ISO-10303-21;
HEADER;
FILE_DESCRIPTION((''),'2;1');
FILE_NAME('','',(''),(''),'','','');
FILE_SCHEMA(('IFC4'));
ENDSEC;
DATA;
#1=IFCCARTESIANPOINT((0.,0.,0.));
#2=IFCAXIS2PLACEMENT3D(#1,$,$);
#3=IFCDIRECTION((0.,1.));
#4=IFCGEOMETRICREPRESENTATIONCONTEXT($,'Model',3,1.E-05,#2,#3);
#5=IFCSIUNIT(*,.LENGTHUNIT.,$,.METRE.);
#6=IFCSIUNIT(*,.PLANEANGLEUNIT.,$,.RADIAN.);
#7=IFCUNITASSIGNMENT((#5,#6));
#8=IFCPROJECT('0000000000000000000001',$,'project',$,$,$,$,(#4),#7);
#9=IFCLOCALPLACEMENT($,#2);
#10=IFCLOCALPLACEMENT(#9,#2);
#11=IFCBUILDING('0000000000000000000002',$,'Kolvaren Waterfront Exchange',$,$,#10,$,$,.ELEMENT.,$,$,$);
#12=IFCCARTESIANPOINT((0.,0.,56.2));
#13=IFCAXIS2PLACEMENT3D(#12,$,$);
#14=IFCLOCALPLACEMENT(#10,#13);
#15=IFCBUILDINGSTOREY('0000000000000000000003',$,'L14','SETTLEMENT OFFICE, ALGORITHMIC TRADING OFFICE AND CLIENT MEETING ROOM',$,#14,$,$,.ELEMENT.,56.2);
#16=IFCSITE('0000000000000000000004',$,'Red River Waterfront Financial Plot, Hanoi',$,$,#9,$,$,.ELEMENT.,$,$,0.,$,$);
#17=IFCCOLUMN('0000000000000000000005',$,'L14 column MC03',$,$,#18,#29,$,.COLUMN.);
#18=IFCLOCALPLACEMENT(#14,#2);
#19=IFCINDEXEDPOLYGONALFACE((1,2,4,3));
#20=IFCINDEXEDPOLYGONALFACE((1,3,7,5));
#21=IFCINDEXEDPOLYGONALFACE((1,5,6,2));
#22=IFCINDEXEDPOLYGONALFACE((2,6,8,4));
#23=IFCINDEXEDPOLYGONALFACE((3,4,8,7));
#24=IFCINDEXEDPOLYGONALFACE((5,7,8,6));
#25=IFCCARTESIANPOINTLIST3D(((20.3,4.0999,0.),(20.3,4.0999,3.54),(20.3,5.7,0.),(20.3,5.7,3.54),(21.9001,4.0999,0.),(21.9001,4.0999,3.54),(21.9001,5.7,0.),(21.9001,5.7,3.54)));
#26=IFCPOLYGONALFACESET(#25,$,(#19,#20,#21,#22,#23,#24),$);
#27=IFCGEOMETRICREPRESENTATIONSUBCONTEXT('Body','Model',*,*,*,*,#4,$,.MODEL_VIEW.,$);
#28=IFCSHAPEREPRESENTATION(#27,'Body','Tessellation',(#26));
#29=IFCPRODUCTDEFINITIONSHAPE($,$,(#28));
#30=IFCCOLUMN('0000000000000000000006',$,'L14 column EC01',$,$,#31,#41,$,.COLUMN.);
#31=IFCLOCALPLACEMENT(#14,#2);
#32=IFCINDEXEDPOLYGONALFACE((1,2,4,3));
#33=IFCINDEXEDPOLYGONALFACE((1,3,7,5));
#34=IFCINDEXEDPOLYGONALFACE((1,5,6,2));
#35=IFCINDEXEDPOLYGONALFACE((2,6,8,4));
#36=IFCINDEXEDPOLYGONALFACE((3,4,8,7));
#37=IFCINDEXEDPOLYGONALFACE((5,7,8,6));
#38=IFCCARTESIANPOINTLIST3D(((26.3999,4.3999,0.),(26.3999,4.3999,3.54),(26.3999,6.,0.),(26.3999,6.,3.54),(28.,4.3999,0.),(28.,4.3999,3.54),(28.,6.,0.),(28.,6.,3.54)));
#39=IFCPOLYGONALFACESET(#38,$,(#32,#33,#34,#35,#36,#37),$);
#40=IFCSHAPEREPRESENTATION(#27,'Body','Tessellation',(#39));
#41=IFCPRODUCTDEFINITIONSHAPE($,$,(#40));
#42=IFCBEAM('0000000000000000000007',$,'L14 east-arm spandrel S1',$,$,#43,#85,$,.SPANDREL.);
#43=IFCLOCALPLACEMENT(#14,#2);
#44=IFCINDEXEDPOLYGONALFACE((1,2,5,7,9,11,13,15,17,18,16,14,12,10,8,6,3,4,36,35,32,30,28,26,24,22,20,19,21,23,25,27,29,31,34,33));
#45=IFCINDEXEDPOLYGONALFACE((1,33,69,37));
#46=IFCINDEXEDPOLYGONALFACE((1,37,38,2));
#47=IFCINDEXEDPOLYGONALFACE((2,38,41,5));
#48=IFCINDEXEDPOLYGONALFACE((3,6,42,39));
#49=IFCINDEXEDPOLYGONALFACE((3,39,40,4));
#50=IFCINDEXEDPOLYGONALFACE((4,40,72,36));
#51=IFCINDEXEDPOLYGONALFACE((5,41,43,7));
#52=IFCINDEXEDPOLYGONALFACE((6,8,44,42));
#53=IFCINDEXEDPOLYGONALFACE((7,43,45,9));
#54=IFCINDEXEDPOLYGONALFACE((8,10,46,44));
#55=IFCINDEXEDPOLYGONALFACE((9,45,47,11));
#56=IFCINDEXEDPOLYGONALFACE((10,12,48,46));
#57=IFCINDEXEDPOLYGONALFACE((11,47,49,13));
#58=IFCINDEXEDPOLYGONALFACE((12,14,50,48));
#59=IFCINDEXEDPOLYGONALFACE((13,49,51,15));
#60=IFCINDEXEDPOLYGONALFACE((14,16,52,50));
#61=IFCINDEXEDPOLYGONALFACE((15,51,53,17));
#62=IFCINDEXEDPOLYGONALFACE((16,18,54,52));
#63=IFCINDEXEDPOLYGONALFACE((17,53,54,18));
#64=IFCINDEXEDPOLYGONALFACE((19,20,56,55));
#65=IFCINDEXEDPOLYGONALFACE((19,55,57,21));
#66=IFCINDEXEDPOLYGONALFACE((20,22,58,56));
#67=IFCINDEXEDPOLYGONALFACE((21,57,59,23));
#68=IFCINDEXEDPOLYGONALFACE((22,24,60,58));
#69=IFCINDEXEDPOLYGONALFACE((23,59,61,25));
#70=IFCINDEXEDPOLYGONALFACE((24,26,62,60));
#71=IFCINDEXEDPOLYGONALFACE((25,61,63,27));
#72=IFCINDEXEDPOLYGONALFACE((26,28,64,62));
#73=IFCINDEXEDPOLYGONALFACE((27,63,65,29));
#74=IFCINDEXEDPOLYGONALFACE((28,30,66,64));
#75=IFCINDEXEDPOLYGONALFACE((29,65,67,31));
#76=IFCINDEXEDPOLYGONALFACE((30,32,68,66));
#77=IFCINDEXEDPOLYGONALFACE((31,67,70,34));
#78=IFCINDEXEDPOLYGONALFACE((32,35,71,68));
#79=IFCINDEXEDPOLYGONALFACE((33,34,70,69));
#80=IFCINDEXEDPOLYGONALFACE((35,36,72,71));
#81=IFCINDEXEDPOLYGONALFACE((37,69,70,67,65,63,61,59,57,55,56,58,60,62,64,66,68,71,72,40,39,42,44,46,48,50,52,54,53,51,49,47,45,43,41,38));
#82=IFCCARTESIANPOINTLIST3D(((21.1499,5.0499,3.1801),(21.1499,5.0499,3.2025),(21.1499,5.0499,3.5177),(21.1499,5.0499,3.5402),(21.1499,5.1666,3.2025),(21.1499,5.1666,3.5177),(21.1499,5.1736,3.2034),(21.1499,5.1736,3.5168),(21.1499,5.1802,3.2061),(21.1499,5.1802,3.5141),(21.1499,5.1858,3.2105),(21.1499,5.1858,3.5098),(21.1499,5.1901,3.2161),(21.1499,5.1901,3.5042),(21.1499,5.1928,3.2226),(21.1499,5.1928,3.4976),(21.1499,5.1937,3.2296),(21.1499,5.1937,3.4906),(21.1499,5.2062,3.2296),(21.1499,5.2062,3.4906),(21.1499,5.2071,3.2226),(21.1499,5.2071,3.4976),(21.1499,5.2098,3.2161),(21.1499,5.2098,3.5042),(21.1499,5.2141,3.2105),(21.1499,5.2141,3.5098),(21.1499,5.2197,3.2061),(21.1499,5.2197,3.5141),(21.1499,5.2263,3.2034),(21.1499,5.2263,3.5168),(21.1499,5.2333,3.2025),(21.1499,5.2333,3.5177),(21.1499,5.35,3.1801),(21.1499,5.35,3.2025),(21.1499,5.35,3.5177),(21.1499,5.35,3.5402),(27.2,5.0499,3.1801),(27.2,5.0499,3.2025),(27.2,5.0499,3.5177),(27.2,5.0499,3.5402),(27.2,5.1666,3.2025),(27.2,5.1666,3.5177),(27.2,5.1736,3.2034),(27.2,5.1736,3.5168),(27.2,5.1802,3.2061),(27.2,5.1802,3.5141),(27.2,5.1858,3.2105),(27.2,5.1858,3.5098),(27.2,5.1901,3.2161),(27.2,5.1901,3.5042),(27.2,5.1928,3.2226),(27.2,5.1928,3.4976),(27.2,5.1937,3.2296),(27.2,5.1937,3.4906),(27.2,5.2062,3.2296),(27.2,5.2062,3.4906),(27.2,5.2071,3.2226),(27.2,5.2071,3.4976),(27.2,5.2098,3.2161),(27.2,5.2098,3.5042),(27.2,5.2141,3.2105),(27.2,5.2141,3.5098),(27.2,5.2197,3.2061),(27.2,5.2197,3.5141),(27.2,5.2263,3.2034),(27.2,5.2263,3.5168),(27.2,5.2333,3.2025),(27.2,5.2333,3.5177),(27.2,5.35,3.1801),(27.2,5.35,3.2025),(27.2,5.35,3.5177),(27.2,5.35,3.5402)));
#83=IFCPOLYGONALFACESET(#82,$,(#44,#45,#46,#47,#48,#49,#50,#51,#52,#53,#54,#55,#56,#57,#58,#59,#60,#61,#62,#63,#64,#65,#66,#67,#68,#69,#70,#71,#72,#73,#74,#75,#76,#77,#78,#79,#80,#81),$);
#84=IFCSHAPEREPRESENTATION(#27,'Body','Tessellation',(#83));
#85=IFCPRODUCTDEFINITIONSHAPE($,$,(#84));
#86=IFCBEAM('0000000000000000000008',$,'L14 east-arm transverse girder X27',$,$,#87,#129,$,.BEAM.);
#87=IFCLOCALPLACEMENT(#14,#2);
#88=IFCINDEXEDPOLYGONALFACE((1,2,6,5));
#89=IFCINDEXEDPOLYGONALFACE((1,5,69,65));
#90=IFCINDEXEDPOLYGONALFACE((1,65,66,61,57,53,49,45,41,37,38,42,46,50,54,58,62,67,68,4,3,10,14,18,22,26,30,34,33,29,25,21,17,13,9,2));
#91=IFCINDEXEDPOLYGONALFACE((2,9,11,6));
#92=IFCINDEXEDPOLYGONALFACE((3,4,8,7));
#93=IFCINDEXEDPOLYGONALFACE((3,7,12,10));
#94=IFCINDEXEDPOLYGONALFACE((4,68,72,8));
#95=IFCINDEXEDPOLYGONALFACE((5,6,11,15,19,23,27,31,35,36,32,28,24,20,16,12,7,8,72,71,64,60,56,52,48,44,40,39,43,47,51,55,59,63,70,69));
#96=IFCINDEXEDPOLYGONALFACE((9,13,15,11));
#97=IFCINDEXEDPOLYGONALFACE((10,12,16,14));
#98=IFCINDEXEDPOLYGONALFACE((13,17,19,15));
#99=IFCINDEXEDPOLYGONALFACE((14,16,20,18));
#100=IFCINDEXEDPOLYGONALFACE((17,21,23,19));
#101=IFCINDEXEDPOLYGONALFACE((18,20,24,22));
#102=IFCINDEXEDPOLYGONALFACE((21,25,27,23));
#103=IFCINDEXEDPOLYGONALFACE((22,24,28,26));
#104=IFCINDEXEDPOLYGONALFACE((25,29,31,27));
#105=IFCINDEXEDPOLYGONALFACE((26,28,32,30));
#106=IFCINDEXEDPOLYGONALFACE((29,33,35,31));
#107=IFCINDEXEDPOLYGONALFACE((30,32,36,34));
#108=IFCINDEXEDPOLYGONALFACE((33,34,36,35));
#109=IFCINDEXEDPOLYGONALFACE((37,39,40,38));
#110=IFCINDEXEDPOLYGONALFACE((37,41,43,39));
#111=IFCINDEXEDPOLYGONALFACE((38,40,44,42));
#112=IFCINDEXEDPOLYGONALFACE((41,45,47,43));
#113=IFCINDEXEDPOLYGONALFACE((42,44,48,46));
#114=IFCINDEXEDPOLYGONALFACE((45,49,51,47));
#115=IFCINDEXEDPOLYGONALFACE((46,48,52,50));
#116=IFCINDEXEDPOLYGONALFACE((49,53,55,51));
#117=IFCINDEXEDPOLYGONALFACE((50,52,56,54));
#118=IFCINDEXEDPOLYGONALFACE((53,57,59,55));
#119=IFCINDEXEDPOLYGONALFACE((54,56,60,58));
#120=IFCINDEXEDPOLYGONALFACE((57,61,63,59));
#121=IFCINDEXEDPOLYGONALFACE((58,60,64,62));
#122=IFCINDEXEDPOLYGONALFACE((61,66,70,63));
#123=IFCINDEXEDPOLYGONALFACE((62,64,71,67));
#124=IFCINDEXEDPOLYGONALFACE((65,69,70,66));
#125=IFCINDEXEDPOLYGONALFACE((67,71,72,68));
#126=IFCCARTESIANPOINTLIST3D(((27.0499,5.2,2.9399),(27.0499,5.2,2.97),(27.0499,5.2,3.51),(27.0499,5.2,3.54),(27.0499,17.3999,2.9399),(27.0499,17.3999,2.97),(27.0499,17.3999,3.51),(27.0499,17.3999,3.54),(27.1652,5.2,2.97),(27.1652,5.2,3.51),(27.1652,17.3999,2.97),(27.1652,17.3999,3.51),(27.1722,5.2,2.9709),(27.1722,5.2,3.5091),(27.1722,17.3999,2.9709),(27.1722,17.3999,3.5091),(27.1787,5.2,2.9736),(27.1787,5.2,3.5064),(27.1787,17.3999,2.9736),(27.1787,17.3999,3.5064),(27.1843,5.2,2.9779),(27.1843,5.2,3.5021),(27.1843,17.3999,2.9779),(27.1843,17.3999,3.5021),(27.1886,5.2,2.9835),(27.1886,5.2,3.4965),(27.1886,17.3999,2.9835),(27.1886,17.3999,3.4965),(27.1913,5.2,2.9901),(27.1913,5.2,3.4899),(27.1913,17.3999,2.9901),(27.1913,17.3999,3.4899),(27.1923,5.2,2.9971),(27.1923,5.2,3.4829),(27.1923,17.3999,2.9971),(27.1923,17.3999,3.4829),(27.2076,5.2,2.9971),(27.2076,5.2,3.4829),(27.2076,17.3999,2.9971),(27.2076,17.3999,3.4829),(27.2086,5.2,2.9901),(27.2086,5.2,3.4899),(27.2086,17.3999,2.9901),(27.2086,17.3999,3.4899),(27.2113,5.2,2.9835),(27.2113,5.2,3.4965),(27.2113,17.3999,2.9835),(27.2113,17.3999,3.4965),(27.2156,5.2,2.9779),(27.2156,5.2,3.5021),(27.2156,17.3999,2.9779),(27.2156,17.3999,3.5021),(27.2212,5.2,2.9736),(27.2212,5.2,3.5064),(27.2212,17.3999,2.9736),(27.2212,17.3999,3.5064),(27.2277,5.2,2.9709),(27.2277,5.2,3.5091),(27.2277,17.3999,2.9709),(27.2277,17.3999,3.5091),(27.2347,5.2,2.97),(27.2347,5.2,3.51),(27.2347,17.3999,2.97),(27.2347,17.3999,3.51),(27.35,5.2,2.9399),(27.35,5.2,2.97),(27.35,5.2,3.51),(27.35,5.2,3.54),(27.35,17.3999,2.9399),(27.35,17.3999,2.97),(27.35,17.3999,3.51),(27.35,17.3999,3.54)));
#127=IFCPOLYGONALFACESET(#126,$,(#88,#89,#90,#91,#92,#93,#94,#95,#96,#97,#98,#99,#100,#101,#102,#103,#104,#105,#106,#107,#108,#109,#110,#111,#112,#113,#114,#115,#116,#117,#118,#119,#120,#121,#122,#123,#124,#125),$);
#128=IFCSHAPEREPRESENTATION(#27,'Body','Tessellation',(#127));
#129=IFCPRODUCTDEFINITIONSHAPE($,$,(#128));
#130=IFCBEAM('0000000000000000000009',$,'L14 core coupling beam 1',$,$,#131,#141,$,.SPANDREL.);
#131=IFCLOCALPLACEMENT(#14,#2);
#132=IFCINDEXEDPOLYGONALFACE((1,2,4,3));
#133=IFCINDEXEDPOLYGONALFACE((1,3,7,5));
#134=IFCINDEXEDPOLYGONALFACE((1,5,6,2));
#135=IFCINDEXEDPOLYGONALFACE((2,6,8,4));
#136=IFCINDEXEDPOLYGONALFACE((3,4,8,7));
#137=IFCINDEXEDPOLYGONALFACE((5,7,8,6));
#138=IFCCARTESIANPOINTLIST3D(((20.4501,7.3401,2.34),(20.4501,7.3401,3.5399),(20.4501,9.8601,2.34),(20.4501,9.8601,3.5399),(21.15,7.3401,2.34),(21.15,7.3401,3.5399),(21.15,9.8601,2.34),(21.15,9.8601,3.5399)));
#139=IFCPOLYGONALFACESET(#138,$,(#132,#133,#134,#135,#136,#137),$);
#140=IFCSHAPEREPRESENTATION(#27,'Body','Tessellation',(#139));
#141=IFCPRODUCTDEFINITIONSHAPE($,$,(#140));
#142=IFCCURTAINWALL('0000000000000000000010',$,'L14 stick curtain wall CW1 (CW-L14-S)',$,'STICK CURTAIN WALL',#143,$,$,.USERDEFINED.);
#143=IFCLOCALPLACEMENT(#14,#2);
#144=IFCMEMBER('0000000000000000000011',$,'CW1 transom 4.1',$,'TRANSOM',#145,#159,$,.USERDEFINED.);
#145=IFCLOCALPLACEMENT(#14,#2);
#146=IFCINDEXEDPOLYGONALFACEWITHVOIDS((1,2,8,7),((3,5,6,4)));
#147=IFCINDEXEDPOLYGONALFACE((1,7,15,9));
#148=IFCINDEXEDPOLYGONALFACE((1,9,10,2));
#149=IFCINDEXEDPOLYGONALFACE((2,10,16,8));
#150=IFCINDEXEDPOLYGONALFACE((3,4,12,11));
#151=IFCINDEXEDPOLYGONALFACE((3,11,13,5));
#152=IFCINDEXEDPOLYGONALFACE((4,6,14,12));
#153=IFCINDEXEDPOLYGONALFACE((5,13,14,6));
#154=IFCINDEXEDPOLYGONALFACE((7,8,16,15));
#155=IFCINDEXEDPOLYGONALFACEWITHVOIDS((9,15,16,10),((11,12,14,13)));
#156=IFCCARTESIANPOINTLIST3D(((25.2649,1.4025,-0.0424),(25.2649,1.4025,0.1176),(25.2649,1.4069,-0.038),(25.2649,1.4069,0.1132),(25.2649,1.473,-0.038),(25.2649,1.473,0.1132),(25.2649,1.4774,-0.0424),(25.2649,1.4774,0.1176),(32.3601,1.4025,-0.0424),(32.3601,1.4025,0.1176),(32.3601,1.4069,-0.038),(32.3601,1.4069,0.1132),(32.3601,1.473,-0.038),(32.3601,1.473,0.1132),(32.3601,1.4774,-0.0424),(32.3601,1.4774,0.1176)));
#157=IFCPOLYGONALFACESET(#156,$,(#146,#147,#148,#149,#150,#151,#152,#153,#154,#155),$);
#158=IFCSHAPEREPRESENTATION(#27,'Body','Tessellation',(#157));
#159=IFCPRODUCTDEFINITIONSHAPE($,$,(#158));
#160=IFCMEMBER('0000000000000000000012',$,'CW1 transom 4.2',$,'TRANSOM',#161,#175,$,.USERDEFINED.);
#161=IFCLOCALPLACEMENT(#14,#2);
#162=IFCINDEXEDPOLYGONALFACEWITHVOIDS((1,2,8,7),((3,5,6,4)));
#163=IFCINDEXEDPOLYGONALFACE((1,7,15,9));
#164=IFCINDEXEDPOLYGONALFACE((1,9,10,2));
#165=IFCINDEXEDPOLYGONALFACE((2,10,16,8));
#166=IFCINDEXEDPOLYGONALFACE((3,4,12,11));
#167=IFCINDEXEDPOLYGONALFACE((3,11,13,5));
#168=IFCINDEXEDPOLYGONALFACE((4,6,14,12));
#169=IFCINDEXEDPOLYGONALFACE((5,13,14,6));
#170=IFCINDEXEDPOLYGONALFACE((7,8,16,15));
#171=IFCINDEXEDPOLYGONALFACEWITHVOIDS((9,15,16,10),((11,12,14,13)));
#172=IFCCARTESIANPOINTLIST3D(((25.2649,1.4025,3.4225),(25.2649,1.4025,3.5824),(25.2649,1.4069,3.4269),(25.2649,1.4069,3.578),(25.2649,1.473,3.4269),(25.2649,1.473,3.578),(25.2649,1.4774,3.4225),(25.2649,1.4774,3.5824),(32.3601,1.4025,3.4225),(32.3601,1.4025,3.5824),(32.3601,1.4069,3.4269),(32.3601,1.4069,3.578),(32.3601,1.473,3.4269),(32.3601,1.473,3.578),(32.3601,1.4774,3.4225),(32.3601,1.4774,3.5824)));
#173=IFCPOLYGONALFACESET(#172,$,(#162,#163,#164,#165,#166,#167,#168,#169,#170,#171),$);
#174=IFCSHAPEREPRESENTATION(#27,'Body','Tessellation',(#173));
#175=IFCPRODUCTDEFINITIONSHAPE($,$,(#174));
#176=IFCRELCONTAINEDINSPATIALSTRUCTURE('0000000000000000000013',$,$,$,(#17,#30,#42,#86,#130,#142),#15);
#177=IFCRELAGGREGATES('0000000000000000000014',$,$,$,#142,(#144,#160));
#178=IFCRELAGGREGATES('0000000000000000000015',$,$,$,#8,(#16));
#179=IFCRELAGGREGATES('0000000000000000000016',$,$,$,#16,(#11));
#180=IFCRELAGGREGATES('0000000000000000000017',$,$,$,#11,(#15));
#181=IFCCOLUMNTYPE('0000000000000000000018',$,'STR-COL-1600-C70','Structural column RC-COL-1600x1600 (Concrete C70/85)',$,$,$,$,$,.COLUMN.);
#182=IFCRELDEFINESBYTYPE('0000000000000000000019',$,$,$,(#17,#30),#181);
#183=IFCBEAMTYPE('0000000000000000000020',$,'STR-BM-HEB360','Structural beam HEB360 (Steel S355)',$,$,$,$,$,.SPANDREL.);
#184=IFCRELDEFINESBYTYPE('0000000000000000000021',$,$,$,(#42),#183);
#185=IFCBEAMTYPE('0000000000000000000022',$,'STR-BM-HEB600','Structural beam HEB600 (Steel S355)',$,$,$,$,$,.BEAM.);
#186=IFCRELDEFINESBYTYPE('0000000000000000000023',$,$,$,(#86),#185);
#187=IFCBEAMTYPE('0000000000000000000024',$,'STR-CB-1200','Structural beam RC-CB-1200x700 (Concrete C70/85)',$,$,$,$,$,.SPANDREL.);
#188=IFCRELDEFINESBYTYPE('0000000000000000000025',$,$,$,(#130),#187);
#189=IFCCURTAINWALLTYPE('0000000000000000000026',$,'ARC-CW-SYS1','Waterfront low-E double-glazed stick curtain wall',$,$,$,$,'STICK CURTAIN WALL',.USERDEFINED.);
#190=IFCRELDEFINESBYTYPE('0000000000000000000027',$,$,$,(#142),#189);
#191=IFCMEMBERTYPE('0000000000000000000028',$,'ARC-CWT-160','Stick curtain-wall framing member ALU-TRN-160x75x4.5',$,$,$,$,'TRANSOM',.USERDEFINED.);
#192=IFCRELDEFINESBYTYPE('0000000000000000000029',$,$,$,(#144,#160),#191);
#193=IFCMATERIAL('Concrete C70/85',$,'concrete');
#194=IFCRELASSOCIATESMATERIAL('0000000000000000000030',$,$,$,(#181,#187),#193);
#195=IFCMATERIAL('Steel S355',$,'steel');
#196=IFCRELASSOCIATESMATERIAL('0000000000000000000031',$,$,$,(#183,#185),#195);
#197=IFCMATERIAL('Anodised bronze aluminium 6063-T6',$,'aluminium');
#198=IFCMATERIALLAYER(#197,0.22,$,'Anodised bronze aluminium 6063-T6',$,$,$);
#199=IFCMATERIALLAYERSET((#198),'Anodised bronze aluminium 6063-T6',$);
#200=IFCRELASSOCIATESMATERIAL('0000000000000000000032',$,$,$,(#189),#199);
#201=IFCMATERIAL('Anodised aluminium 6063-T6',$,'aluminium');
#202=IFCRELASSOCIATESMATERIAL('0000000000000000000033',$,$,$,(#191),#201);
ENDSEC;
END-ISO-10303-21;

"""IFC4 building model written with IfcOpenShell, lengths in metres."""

from ifc_helpers import new_model, si_unit, direction, frame, origin, origin_with_axes, origin_2d, place, context, subcontext, project, spatial, rectangle, hollow_rectangle, i_section, extrude, source, transform, mapped, material, layer, layer_set, material_profile, profile_set, type_object, element, aggregate, save


model = new_model("IFC4")

# Units and contexts
model_context = context("Model", 3, precision=1e-05, world=origin(), true_north=direction((0.0, 1.0)))
body_context = subcontext(model_context, "Body", "Model", "MODEL_VIEW")
ifc_project = project(units=[si_unit("LENGTHUNIT", "METRE"), si_unit("PLANEANGLEUNIT", "RADIAN")], contexts=[model_context])

# Site, building, storey
site_placement = place(None, origin())
site = spatial("IfcSite", under=ifc_project, at=site_placement, Name="Red River Waterfront Financial Plot, Hanoi", CompositionType="ELEMENT", RefElevation=0.0)
building_placement = place(site_placement, origin())
building = spatial("IfcBuilding", under=site, at=building_placement, Name="Kolvaren Waterfront Exchange", CompositionType="ELEMENT")
storey_placement = place(building_placement, frame((0.0, 0.0, 56.2)))
storey = spatial("IfcBuildingStorey", under=building, at=storey_placement, Name="L14", Description="SETTLEMENT OFFICE, ALGORITHMIC TRADING OFFICE AND CLIENT MEETING ROOM", CompositionType="ELEMENT", Elevation=56.2)

# Columns
ifc_material_1 = material(Name="Concrete C70/85", Category="concrete")
ifc_material_profile_1 = material_profile(ifc_material_1, rectangle(XDim=1.6001, YDim=1.6001, at=origin_2d()), Name="RC-COL-1600x1600")
ifc_profile_set_1 = profile_set([ifc_material_profile_1], Name="Concrete C70/85")
column_type = type_object("IfcColumnType", Name="STR-COL-1600-C70", Description="Structural column RC-COL-1600x1600 (Concrete C70/85)", PredefinedType="COLUMN", material=ifc_profile_set_1)
for number, where, z_axis, x_axis, name in (
    (1, (21.1001, 4.8999, 0.0), (0.0, 0.0, 1.0), (1.0, 0.0, 0.0), "L14 column MC03"),
    (2, (27.2, 5.2, 0.0), (0.0, 0.0, 1.0), (1.0, 0.0, 0.0), "L14 column EC01"),
):
    element("IfcColumn", number, at=place(storey_placement, frame(where, z_axis=z_axis, x_axis=x_axis)), inside=storey, type_object=column_type, Name=name, PredefinedType="COLUMN", context=body_context, shape_type="SweptSolid", body=[
        extrude(rectangle(XDim=1.6001, YDim=1.6001, at=origin_2d()), origin(), (0.0, 0.0, 1.0), 3.54),
    ])

# Beams
ifc_material_2 = material(Name="Steel S355", Category="steel")
ifc_material_profile_2 = material_profile(ifc_material_2, i_section(OverallWidth=0.3, OverallDepth=0.3601, WebThickness=0.0125, FlangeThickness=0.0225, FilletRadius=0.0271, at=origin_2d()), Name="HEB360")
ifc_profile_set_2 = profile_set([ifc_material_profile_2], Name="Steel S355")
beam_type_1 = type_object("IfcBeamType", Name="STR-BM-HEB360", Description="Structural beam HEB360 (Steel S355)", PredefinedType="SPANDREL", material=ifc_profile_set_2)
beam_1_placement = place(storey_placement, frame((21.1499, 5.2, 3.3601), z_axis=(1.0, 0.0, 0.0), x_axis=(0.0, 1.0, 0.0)))
element("IfcBeam", 3, at=beam_1_placement, inside=storey, type_object=beam_type_1, Name="L14 east-arm spandrel S1", PredefinedType="SPANDREL", context=body_context, shape_type="SweptSolid", body=[
    extrude(i_section(OverallWidth=0.3, OverallDepth=0.3601, WebThickness=0.0125, FlangeThickness=0.0225, FilletRadius=0.0271, at=origin_2d()), origin(), (0.0, 0.0, 1.0), 6.05),
])
ifc_material_profile_3 = material_profile(ifc_material_2, i_section(OverallWidth=0.3, OverallDepth=0.6001, WebThickness=0.0154, FlangeThickness=0.03, FilletRadius=0.0271, at=origin_2d()), Name="HEB600")
ifc_profile_set_3 = profile_set([ifc_material_profile_3], Name="Steel S355")
beam_type_2 = type_object("IfcBeamType", Name="STR-BM-HEB600", Description="Structural beam HEB600 (Steel S355)", PredefinedType="BEAM", material=ifc_profile_set_3)
beam_2_placement = place(storey_placement, frame((27.2, 5.2, 3.24), z_axis=(0.0, 1.0, 0.0), x_axis=(-1.0, 0.0, 0.0)))
element("IfcBeam", 4, at=beam_2_placement, inside=storey, type_object=beam_type_2, Name="L14 east-arm transverse girder X27", PredefinedType="BEAM", context=body_context, shape_type="SweptSolid", body=[
    extrude(i_section(OverallWidth=0.3, OverallDepth=0.6001, WebThickness=0.0154, FlangeThickness=0.03, FilletRadius=0.0271, at=origin_2d()), origin(), (0.0, 0.0, 1.0), 12.2),
])
ifc_material_profile_4 = material_profile(ifc_material_1, rectangle(XDim=0.7, YDim=1.2, at=origin_2d()), Name="RC-CB-1200x700")
ifc_profile_set_4 = profile_set([ifc_material_profile_4], Name="Concrete C70/85")
beam_type_3 = type_object("IfcBeamType", Name="STR-CB-1200", Description="Structural beam RC-CB-1200x700 (Concrete C70/85)", PredefinedType="SPANDREL", material=ifc_profile_set_4)
beam_3_placement = place(storey_placement, frame((20.8, 7.3401, 2.9399), z_axis=(0.0, 1.0, 0.0), x_axis=(-1.0, 0.0, 0.0)))
element("IfcBeam", 5, at=beam_3_placement, inside=storey, type_object=beam_type_3, Name="L14 core coupling beam 1", PredefinedType="SPANDREL", context=body_context, shape_type="SweptSolid", body=[
    extrude(rectangle(XDim=0.7, YDim=1.2, at=origin_2d()), origin(), (0.0, 0.0, 1.0), 2.52),
])

# Curtain wall, members
ifc_material_3 = material(Name="Anodised bronze aluminium 6063-T6", Category="aluminium")
ifc_layer_1 = layer(ifc_material_3, 0.22, Name="Anodised bronze aluminium 6063-T6")
ifc_layer_set_1 = layer_set([ifc_layer_1], Name="Anodised bronze aluminium 6063-T6")
curtain_wall_type = type_object("IfcCurtainWallType", Name="ARC-CW-SYS1", Description="Waterfront low-E double-glazed stick curtain wall", ElementType="STICK CURTAIN WALL", PredefinedType="USERDEFINED", material=ifc_layer_set_1)
curtain_wall_placement = place(storey_placement, origin())
curtain_wall = element("IfcCurtainWall", 6, at=curtain_wall_placement, inside=storey, type_object=curtain_wall_type, Name="L14 stick curtain wall CW1 (CW-L14-S)", ObjectType="STICK CURTAIN WALL", PredefinedType="USERDEFINED")
ifc_material_4 = material(Name="Anodised aluminium 6063-T6", Category="aluminium")
ifc_material_profile_5 = material_profile(ifc_material_4, hollow_rectangle(XDim=0.075, YDim=0.1599, WallThickness=0.0044, at=origin_2d()), Name="ALU-TRN-160x75x4.5")
ifc_profile_set_5 = profile_set([ifc_material_profile_5], Name="Anodised aluminium 6063-T6")
member_type_1 = type_object("IfcMemberType", Name="ARC-CWT-160", Description="Stick curtain-wall framing member ALU-TRN-160x75x4.5", ElementType="TRANSOM", PredefinedType="USERDEFINED", material=ifc_profile_set_5)
shared_shape_1 = source(origin_with_axes(), body_context, "Body", "SweptSolid", [
    extrude(hollow_rectangle(XDim=0.075, YDim=0.1599, WallThickness=0.0044, at=origin_2d()), origin(), (0.0, 0.0, 1.0), 7.0952),
])
member_1_placement = place(storey_placement, frame((25.2649, 1.4399, 0.0376), z_axis=(1.0, 0.0, 0.0), x_axis=(0.0, 1.0, 0.0)))
member_1 = element("IfcMember", 7, at=member_1_placement, type_object=member_type_1, Name="CW1 transom 4.1", ObjectType="TRANSOM", PredefinedType="USERDEFINED", context=body_context, shape_type="MappedRepresentation", body=[
    mapped(shared_shape_1, transform((0.0, 0.0, 0.0), x_axis=(1.0, 0.0, 0.0), y_axis=(0.0, 1.0, 0.0), z_axis=(0.0, 0.0, 1.0), scale=1.0)),
])
member_2_placement = place(storey_placement, frame((25.2649, 1.4399, 3.5024), z_axis=(1.0, 0.0, 0.0), x_axis=(0.0, 1.0, 0.0)))
member_2 = element("IfcMember", 8, at=member_2_placement, type_object=member_type_1, Name="CW1 transom 4.2", ObjectType="TRANSOM", PredefinedType="USERDEFINED", context=body_context, shape_type="MappedRepresentation", body=[
    mapped(shared_shape_1, transform((0.0, 0.0, 0.0), x_axis=(1.0, 0.0, 0.0), y_axis=(0.0, 1.0, 0.0), z_axis=(0.0, 0.0, 1.0), scale=1.0)),
])
aggregate(curtain_wall, [member_1, member_2])

save(model, "model.ifc")
